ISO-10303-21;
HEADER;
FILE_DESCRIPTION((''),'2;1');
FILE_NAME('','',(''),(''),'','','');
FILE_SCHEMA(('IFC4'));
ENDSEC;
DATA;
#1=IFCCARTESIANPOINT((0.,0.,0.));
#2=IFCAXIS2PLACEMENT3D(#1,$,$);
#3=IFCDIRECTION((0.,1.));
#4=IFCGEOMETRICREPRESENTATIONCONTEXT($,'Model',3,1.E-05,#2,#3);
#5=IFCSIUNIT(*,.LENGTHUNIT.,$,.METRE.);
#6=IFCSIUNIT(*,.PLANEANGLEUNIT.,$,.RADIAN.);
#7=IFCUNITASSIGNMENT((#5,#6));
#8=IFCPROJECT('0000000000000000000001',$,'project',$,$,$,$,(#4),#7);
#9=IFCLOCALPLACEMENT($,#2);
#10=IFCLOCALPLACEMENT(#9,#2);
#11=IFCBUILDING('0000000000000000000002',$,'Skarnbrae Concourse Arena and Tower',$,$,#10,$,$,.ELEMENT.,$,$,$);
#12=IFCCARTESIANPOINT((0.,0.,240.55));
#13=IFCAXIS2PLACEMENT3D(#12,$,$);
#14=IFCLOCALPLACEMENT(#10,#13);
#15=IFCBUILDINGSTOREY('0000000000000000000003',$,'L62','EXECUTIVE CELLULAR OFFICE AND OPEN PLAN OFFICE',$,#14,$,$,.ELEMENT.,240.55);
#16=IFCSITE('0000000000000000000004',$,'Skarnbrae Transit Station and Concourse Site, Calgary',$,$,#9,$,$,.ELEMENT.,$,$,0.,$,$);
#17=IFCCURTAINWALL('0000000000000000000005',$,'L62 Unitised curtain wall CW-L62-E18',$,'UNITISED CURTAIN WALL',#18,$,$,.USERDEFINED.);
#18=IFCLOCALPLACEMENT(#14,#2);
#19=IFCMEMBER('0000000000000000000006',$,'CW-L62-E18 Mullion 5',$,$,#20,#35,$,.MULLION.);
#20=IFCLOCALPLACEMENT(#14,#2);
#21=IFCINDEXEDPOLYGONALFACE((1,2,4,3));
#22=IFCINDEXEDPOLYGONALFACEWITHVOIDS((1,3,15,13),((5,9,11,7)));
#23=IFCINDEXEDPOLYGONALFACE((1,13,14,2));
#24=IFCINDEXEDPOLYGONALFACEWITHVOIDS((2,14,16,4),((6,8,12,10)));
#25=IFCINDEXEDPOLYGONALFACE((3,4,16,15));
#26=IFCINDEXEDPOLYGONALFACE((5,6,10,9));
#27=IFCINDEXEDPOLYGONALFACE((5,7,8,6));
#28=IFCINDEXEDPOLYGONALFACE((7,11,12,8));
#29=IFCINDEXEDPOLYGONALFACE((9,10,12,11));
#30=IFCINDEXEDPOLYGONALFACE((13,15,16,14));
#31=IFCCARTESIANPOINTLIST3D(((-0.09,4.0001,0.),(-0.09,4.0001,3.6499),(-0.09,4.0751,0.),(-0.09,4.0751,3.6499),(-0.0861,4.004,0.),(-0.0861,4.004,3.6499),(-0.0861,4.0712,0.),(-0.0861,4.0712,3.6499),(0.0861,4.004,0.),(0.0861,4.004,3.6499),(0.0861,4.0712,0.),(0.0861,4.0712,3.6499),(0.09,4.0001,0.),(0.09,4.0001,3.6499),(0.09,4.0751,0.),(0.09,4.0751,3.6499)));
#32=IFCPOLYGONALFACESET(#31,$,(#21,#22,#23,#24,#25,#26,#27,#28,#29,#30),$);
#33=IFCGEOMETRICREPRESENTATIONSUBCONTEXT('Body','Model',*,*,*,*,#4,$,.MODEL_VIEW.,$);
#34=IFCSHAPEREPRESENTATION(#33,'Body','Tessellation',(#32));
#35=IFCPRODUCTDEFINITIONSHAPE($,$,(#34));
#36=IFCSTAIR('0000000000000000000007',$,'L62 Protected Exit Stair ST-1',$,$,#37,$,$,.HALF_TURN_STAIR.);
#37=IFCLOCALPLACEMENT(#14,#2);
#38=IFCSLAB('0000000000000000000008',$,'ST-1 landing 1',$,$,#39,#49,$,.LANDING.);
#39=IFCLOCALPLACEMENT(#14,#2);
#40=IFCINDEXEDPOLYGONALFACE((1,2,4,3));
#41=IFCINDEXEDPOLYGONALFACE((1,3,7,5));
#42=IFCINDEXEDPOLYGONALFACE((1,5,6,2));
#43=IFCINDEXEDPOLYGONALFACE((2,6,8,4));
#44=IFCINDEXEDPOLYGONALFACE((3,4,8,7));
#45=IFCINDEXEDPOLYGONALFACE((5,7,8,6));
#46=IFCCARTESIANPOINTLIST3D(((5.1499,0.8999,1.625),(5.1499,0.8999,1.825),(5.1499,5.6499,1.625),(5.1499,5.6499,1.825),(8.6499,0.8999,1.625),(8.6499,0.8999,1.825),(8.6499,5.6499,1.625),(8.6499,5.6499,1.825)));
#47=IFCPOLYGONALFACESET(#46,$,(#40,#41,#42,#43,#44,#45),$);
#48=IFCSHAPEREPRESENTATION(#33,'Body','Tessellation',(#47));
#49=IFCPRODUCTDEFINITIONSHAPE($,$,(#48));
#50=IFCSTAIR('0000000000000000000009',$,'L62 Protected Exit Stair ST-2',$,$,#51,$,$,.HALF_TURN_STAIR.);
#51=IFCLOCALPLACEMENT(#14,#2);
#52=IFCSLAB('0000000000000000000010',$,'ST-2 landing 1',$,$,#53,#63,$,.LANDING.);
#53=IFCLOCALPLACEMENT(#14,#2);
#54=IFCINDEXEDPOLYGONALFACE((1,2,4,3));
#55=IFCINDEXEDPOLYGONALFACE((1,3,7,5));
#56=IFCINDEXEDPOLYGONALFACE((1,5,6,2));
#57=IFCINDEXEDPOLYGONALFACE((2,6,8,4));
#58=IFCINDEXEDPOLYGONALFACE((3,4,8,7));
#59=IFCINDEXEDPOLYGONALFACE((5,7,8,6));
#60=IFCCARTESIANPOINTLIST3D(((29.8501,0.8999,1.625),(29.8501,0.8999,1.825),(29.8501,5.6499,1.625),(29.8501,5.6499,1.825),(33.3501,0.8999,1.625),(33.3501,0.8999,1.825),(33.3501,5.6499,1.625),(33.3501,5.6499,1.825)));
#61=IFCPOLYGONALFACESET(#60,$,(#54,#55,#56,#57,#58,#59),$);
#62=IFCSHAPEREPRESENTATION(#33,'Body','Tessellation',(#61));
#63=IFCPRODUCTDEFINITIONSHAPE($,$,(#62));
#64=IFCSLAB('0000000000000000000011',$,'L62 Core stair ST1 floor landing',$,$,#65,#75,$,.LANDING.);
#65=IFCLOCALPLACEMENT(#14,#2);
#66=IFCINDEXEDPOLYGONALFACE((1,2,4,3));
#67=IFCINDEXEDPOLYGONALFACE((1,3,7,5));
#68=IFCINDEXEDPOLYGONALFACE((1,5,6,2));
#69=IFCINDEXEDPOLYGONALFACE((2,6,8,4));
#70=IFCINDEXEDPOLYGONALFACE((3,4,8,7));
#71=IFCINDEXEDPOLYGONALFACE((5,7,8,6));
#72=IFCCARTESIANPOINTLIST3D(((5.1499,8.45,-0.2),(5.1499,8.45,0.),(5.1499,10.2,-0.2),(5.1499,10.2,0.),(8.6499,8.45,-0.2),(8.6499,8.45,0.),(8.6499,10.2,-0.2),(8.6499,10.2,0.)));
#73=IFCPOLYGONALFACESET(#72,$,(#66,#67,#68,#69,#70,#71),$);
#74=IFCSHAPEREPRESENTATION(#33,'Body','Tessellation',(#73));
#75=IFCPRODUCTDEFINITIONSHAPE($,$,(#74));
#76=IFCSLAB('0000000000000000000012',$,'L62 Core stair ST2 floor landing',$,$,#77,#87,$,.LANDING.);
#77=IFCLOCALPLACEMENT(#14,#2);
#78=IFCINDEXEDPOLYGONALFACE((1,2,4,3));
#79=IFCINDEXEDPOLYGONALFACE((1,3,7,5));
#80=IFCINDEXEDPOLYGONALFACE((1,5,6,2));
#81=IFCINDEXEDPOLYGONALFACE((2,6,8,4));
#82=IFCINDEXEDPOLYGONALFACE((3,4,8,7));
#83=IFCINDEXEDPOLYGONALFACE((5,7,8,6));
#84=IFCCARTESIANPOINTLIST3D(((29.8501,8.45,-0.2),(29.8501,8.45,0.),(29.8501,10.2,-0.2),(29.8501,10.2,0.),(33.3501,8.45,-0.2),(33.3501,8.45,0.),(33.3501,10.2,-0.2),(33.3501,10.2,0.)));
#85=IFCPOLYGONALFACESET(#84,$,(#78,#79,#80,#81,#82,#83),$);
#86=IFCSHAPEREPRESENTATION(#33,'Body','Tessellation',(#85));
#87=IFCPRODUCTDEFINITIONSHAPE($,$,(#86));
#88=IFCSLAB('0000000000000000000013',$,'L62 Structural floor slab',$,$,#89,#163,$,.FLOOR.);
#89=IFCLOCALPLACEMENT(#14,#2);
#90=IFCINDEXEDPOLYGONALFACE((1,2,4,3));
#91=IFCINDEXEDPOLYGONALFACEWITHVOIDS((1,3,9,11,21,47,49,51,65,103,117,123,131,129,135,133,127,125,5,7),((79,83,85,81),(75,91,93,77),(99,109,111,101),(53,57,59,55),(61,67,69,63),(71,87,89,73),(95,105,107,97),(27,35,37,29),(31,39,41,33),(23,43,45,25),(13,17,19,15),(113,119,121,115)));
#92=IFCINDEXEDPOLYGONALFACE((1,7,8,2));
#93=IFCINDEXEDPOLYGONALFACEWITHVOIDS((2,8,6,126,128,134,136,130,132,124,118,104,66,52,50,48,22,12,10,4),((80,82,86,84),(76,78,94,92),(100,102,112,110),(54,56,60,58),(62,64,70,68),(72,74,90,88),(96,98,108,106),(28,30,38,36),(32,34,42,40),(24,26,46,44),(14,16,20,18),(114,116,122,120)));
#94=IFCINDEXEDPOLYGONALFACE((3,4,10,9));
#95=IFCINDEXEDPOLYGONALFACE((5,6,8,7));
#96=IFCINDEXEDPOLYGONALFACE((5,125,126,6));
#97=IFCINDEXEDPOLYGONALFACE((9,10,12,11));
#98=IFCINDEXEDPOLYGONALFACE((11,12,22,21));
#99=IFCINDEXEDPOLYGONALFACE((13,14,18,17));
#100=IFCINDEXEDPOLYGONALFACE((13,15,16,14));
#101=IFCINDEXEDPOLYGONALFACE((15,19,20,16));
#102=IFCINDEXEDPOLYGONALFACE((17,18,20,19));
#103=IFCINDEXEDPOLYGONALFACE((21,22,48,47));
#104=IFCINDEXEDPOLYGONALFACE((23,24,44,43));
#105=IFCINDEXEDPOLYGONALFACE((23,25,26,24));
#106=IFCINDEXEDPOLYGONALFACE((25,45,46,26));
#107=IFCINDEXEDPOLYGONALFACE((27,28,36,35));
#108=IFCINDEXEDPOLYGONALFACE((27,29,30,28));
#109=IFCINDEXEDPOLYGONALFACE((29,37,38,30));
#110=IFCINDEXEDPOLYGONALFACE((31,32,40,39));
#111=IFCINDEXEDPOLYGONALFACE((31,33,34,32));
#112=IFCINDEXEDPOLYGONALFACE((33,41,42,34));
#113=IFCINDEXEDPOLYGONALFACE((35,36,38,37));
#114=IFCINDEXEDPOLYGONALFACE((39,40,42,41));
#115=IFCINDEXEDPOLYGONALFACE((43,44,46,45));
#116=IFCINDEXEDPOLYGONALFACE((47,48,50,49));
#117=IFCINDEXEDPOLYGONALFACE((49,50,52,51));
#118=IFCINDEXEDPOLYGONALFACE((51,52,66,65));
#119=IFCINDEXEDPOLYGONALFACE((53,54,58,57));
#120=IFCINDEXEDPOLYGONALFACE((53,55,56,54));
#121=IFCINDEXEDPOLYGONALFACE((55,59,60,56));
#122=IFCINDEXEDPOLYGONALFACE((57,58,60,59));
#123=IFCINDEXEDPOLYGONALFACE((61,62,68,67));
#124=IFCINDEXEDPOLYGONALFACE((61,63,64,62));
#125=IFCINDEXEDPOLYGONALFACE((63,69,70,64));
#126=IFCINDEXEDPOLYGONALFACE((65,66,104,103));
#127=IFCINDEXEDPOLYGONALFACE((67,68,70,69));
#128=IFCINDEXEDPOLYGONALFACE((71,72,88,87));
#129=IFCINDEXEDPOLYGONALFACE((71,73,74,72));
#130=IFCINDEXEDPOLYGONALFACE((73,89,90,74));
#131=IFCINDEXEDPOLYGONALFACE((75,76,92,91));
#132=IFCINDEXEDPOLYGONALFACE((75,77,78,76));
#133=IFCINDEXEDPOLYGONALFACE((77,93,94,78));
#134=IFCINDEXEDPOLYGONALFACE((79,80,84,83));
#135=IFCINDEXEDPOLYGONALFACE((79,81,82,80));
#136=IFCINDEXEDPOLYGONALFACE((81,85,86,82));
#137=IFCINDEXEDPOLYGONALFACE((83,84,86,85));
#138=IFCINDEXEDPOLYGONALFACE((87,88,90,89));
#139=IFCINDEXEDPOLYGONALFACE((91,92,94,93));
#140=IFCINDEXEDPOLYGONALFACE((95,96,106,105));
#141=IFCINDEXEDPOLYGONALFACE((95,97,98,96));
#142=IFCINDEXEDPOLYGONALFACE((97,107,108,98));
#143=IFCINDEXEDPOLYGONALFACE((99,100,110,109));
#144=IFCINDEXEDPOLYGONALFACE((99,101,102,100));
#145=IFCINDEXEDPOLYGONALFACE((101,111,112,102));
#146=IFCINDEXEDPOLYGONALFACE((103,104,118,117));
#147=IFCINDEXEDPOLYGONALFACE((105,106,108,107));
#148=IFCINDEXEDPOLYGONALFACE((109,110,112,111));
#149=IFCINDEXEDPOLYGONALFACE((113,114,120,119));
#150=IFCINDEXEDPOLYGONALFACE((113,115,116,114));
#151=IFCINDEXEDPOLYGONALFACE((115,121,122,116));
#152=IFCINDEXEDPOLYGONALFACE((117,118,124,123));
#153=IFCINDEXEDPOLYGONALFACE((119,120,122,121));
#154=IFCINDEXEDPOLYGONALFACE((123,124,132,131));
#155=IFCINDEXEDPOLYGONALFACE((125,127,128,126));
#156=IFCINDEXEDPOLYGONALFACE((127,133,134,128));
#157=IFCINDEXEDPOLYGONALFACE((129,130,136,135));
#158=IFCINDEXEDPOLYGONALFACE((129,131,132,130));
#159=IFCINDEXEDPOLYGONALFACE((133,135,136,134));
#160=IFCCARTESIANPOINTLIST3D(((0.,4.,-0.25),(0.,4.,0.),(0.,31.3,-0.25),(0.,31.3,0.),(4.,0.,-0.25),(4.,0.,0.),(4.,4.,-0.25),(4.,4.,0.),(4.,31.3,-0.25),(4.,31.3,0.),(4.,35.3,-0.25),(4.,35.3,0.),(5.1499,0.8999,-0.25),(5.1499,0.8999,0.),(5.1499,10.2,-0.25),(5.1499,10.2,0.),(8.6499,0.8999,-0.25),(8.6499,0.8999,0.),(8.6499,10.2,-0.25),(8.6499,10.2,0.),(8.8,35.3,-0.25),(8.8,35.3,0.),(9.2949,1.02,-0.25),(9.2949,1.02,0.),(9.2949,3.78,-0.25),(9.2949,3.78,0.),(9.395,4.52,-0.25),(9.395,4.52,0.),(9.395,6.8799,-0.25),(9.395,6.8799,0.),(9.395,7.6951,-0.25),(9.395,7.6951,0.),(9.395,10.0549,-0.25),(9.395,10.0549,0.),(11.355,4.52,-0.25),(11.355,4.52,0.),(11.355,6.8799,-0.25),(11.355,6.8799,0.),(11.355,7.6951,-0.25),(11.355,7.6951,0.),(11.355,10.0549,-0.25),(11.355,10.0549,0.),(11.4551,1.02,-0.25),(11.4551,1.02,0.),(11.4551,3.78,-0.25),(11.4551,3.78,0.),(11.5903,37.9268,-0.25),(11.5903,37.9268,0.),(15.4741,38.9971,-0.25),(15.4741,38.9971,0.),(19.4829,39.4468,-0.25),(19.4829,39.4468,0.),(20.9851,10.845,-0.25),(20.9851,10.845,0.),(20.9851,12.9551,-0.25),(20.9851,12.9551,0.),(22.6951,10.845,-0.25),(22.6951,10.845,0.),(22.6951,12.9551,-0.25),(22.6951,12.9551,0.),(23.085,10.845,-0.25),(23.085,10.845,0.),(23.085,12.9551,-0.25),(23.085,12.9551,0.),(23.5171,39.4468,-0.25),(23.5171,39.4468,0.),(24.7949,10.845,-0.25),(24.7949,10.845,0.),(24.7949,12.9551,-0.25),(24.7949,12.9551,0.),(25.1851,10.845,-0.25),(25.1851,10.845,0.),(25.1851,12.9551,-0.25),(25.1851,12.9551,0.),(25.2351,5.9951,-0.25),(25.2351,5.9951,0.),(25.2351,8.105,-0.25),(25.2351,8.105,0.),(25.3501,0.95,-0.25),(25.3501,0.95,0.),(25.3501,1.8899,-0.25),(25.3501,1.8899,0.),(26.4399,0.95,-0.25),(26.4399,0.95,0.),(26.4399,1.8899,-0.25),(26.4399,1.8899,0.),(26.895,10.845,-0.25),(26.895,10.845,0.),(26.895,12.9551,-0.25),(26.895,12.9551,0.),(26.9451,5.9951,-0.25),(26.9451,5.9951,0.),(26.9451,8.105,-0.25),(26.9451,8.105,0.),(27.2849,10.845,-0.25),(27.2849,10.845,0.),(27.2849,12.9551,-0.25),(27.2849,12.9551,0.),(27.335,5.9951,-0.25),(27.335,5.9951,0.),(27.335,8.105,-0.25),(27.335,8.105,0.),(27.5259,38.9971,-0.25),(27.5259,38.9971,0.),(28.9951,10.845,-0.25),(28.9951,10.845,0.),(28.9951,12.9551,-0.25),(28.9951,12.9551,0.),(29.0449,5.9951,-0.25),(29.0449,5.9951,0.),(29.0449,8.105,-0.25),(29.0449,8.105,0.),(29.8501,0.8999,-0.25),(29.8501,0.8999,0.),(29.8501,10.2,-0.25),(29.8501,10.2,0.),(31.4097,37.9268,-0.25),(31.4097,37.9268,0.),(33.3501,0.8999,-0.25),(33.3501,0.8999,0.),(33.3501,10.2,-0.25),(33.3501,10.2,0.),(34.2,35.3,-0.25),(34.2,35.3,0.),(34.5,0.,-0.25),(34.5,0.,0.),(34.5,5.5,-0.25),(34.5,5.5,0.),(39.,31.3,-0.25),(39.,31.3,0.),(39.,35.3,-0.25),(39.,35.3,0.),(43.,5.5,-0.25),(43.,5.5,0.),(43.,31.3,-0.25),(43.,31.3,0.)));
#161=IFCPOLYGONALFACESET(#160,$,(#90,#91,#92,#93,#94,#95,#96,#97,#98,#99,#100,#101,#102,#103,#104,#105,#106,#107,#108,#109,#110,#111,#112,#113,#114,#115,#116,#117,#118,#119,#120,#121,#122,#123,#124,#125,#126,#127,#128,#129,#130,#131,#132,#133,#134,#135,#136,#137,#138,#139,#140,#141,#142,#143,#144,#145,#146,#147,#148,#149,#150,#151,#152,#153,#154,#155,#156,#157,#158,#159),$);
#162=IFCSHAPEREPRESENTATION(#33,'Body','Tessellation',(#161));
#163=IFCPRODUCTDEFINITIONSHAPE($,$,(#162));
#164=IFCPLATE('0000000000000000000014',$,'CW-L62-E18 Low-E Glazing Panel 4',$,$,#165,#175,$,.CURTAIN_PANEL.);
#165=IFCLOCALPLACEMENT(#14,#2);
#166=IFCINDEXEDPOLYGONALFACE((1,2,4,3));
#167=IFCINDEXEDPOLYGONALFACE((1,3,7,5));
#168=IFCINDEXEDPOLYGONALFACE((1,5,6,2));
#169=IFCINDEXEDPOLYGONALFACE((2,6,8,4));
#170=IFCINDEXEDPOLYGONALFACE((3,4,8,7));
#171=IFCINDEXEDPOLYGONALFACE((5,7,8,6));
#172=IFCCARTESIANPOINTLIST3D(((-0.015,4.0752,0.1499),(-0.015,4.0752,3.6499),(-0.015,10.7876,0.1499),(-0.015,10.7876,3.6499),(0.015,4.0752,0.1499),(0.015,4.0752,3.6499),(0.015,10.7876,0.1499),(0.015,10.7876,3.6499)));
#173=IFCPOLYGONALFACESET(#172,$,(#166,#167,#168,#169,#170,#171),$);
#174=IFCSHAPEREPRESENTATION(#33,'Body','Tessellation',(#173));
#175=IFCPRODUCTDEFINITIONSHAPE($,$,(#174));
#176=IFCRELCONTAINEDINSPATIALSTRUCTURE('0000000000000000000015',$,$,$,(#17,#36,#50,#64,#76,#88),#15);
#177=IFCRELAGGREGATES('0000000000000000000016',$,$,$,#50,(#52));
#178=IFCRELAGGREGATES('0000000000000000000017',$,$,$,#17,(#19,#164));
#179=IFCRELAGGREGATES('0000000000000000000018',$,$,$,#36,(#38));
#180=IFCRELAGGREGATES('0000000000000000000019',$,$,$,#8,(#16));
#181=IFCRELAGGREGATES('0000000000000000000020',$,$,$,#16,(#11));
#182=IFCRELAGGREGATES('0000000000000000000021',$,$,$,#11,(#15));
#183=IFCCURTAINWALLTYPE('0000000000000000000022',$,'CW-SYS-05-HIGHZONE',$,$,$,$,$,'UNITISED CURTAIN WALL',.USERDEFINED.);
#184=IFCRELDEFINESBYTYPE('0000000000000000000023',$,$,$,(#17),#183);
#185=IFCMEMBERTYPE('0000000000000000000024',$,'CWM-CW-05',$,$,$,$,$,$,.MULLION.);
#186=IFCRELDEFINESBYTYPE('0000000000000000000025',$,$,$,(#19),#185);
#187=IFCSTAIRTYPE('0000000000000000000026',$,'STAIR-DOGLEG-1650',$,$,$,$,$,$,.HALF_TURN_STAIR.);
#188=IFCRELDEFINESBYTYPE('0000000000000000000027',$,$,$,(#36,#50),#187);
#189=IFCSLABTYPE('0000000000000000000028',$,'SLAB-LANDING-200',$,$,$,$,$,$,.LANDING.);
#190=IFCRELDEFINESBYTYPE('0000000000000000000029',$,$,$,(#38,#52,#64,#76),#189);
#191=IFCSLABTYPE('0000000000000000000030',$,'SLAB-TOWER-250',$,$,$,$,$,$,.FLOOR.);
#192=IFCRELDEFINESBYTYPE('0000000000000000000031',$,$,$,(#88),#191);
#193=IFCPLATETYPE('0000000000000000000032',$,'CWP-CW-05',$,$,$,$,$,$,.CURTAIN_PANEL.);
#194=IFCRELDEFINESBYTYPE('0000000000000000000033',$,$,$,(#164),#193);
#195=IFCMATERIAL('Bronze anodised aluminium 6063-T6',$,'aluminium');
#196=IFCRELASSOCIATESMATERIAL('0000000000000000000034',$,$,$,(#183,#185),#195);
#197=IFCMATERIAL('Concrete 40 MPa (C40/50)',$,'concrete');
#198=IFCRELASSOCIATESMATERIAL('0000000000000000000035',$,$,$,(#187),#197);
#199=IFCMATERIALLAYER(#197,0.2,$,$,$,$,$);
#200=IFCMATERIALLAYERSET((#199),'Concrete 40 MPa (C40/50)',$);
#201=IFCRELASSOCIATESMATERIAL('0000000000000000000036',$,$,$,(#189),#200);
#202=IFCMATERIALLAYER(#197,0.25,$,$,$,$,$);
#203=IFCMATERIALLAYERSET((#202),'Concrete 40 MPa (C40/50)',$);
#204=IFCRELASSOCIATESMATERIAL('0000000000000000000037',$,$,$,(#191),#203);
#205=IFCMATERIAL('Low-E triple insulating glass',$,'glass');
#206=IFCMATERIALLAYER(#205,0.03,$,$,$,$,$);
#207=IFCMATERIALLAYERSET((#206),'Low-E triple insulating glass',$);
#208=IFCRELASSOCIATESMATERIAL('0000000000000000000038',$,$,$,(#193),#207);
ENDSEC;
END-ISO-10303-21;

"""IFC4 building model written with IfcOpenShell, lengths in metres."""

from ifc_helpers import new_model, si_unit, direction, frame, origin, origin_2d, place, context, subcontext, project, spatial, polyline, rectangle, hollow_rectangle, outline, extrude, source, transform, mapped, material, layer, layer_set, material_profile, profile_set, type_object, element, aggregate, save


model = new_model("IFC4")

# Units and contexts
model_context = context("Model", 3, precision=1e-05, world=origin(), true_north=direction((0.0, 1.0)))
body_context = subcontext(model_context, "Body", "Model", "MODEL_VIEW")
ifc_project = project(units=[si_unit("LENGTHUNIT", "METRE"), si_unit("PLANEANGLEUNIT", "RADIAN")], contexts=[model_context])

# Site, building, storey
site_placement = place(None, origin())
site = spatial("IfcSite", under=ifc_project, at=site_placement, Name="Skarnbrae Transit Station and Concourse Site, Calgary", CompositionType="ELEMENT", RefElevation=0.0)
building_placement = place(site_placement, origin())
building = spatial("IfcBuilding", under=site, at=building_placement, Name="Skarnbrae Concourse Arena and Tower", CompositionType="ELEMENT")
storey_placement = place(building_placement, frame((0.0, 0.0, 240.55)))
storey = spatial("IfcBuildingStorey", under=building, at=storey_placement, Name="L62", Description="EXECUTIVE CELLULAR OFFICE AND OPEN PLAN OFFICE", CompositionType="ELEMENT", Elevation=240.55)

# Curtain wall, member
ifc_material_1 = material(Name="Bronze anodised aluminium 6063-T6", Category="aluminium")
curtain_wall_type = type_object("IfcCurtainWallType", Name="CW-SYS-05-HIGHZONE", ElementType="UNITISED CURTAIN WALL", PredefinedType="USERDEFINED", material=ifc_material_1)
curtain_wall_placement = place(storey_placement, origin())
curtain_wall = element("IfcCurtainWall", 1, at=curtain_wall_placement, inside=storey, type_object=curtain_wall_type, Name="L62 Unitised curtain wall CW-L62-E18", ObjectType="UNITISED CURTAIN WALL", PredefinedType="USERDEFINED")
ifc_material_profile = material_profile(ifc_material_1, hollow_rectangle(XDim=0.075, YDim=0.1799, WallThickness=0.0039, at=origin_2d()), Name="ALU-MULL-75X180")
ifc_profile_set = profile_set([ifc_material_profile], Name="Bronze anodised aluminium 6063-T6")
member_type = type_object("IfcMemberType", Name="CWM-CW-05", PredefinedType="MULLION", material=ifc_profile_set)
shared_shape_1 = source(origin(), body_context, "Body", "SweptSolid", [
    extrude(hollow_rectangle(XDim=0.075, YDim=0.1799, WallThickness=0.0039, at=origin_2d()), origin(), (0.0, 0.0, 1.0), 3.6499),
])
member_placement = place(storey_placement, frame((0.0, 4.0376, 0.0), z_axis=(0.0, 0.0, 1.0), x_axis=(0.0, -1.0, 0.0)))
member = element("IfcMember", 2, at=member_placement, type_object=member_type, Name="CW-L62-E18 Mullion 5", PredefinedType="MULLION", context=body_context, shape_type="MappedRepresentation", body=[
    mapped(shared_shape_1, transform((0.0, 0.0, 0.0))),
])

# Stairs, slabs
ifc_material_2 = material(Name="Concrete 40 MPa (C40/50)", Category="concrete")
stair_type = type_object("IfcStairType", Name="STAIR-DOGLEG-1650", PredefinedType="HALF_TURN_STAIR", material=ifc_material_2)
stair_1_placement = place(storey_placement, origin())
stair_1 = element("IfcStair", 3, at=stair_1_placement, inside=storey, type_object=stair_type, Name="L62 Protected Exit Stair ST-1", PredefinedType="HALF_TURN_STAIR")
ifc_layer_1 = layer(ifc_material_2, 0.2)
ifc_layer_set_1 = layer_set([ifc_layer_1], Name="Concrete 40 MPa (C40/50)")
slab_type_1 = type_object("IfcSlabType", Name="SLAB-LANDING-200", PredefinedType="LANDING", material=ifc_layer_set_1)
slab_1_placement = place(storey_placement, frame((0.0, 0.0, 1.625)))
slab_1 = element("IfcSlab", 4, at=slab_1_placement, type_object=slab_type_1, Name="ST-1 landing 1", PredefinedType="LANDING", context=body_context, shape_type="SweptSolid", body=[
    extrude(outline(polyline([(5.1499, 5.6499), (5.1499, 0.8999), (8.6499, 0.8999), (8.6499, 5.6499), (5.1499, 5.6499)])), origin(), (0.0, 0.0, 1.0), 0.2),
])
stair_2_placement = place(storey_placement, origin())
stair_2 = element("IfcStair", 5, at=stair_2_placement, inside=storey, type_object=stair_type, Name="L62 Protected Exit Stair ST-2", PredefinedType="HALF_TURN_STAIR")
slab_2_placement = place(storey_placement, frame((0.0, 0.0, 1.625)))
slab_2 = element("IfcSlab", 6, at=slab_2_placement, type_object=slab_type_1, Name="ST-2 landing 1", PredefinedType="LANDING", context=body_context, shape_type="SweptSolid", body=[
    extrude(outline(polyline([(29.8501, 5.6499), (29.8501, 0.8999), (33.3501, 0.8999), (33.3501, 5.6499), (29.8501, 5.6499)])), origin(), (0.0, 0.0, 1.0), 0.2),
])
aggregate(stair_2, [slab_2])

# Slabs
slab_3_placement = place(storey_placement, frame((0.0, 0.0, -0.2)))
element("IfcSlab", 7, at=slab_3_placement, inside=storey, type_object=slab_type_1, Name="L62 Core stair ST1 floor landing", PredefinedType="LANDING", context=body_context, shape_type="SweptSolid", body=[
    extrude(outline(polyline([(5.1499, 10.2), (5.1499, 8.45), (8.6499, 8.45), (8.6499, 10.2), (5.1499, 10.2)])), origin(), (0.0, 0.0, 1.0), 0.2),
])
slab_4_placement = place(storey_placement, frame((0.0, 0.0, -0.2)))
element("IfcSlab", 8, at=slab_4_placement, inside=storey, type_object=slab_type_1, Name="L62 Core stair ST2 floor landing", PredefinedType="LANDING", context=body_context, shape_type="SweptSolid", body=[
    extrude(outline(polyline([(29.8501, 10.2), (29.8501, 8.45), (33.3501, 8.45), (33.3501, 10.2), (29.8501, 10.2)])), origin(), (0.0, 0.0, 1.0), 0.2),
])
ifc_layer_2 = layer(ifc_material_2, 0.25)
ifc_layer_set_2 = layer_set([ifc_layer_2], Name="Concrete 40 MPa (C40/50)")
slab_type_2 = type_object("IfcSlabType", Name="SLAB-TOWER-250", PredefinedType="FLOOR", material=ifc_layer_set_2)
slab_5_placement = place(storey_placement, frame((0.0, 0.0, -0.25)))
element("IfcSlab", 9, at=slab_5_placement, inside=storey, type_object=slab_type_2, Name="L62 Structural floor slab", PredefinedType="FLOOR", context=body_context, shape_type="SweptSolid", body=[
    extrude(outline(polyline([(4.0, 0.0), (34.5, 0.0), (34.5, 5.5), (43.0, 5.5), (43.0, 31.3), (39.0, 31.3), (39.0, 35.3), (34.2, 35.3), (31.4097, 37.9268), (27.5259, 38.9971), (23.5171, 39.4468), (19.4829, 39.4468), (15.4741, 38.9971), (11.5903, 37.9268), (8.8, 35.3), (4.0, 35.3), (4.0, 31.3), (0.0, 31.3), (0.0, 4.0), (4.0, 4.0), (4.0, 0.0)]), holes=[polyline([(9.2949, 1.02), (9.2949, 3.78), (11.4551, 3.78), (11.4551, 1.02), (9.2949, 1.02)]), polyline([(8.6499, 10.2), (8.6499, 0.8999), (5.1499, 0.8999), (5.1499, 10.2), (8.6499, 10.2)]), polyline([(9.395, 6.8799), (11.355, 6.8799), (11.355, 4.52), (9.395, 4.52), (9.395, 6.8799)]), polyline([(9.395, 7.6951), (9.395, 10.0549), (11.355, 10.0549), (11.355, 7.6951), (9.395, 7.6951)]), polyline([(20.9851, 12.9551), (22.6951, 12.9551), (22.6951, 10.845), (20.9851, 10.845), (20.9851, 12.9551)]), polyline([(23.085, 12.9551), (24.7949, 12.9551), (24.7949, 10.845), (23.085, 10.845), (23.085, 12.9551)]), polyline([(25.3501, 0.95), (25.3501, 1.8899), (26.4399, 1.8899), (26.4399, 0.95), (25.3501, 0.95)]), polyline([(33.3501, 10.2), (33.3501, 0.8999), (29.8501, 0.8999), (29.8501, 10.2), (33.3501, 10.2)]), polyline([(25.2351, 8.105), (26.9451, 8.105), (26.9451, 5.9951), (25.2351, 5.9951), (25.2351, 8.105)]), polyline([(27.335, 5.9951), (27.335, 8.105), (29.0449, 8.105), (29.0449, 5.9951), (27.335, 5.9951)]), polyline([(25.1851, 12.9551), (26.895, 12.9551), (26.895, 10.845), (25.1851, 10.845), (25.1851, 12.9551)]), polyline([(27.2849, 12.9551), (28.9951, 12.9551), (28.9951, 10.845), (27.2849, 10.845), (27.2849, 12.9551)])]), origin(), (0.0, 0.0, 1.0), 0.25),
])

# Plate
ifc_material_3 = material(Name="Low-E triple insulating glass", Category="glass")
ifc_layer_3 = layer(ifc_material_3, 0.03)
ifc_layer_set_3 = layer_set([ifc_layer_3], Name="Low-E triple insulating glass")
plate_type = type_object("IfcPlateType", Name="CWP-CW-05", PredefinedType="CURTAIN_PANEL", material=ifc_layer_set_3)
shared_shape_2 = source(origin(), body_context, "Body", "SweptSolid", [
    extrude(rectangle(XDim=6.7124, YDim=0.03, at=origin_2d()), origin(), (0.0, 0.0, 1.0), 3.5),
])
plate_placement = place(storey_placement, frame((0.0, 7.4314, 0.1499), z_axis=(0.0, 0.0, 1.0), x_axis=(0.0, -1.0, 0.0)))
plate = element("IfcPlate", 10, at=plate_placement, type_object=plate_type, Name="CW-L62-E18 Low-E Glazing Panel 4", PredefinedType="CURTAIN_PANEL", context=body_context, shape_type="MappedRepresentation", body=[
    mapped(shared_shape_2, transform((0.0, 0.0, 0.0))),
])
aggregate(curtain_wall, [member, plate])

aggregate(stair_1, [slab_1])

save(model, "model.ifc")
